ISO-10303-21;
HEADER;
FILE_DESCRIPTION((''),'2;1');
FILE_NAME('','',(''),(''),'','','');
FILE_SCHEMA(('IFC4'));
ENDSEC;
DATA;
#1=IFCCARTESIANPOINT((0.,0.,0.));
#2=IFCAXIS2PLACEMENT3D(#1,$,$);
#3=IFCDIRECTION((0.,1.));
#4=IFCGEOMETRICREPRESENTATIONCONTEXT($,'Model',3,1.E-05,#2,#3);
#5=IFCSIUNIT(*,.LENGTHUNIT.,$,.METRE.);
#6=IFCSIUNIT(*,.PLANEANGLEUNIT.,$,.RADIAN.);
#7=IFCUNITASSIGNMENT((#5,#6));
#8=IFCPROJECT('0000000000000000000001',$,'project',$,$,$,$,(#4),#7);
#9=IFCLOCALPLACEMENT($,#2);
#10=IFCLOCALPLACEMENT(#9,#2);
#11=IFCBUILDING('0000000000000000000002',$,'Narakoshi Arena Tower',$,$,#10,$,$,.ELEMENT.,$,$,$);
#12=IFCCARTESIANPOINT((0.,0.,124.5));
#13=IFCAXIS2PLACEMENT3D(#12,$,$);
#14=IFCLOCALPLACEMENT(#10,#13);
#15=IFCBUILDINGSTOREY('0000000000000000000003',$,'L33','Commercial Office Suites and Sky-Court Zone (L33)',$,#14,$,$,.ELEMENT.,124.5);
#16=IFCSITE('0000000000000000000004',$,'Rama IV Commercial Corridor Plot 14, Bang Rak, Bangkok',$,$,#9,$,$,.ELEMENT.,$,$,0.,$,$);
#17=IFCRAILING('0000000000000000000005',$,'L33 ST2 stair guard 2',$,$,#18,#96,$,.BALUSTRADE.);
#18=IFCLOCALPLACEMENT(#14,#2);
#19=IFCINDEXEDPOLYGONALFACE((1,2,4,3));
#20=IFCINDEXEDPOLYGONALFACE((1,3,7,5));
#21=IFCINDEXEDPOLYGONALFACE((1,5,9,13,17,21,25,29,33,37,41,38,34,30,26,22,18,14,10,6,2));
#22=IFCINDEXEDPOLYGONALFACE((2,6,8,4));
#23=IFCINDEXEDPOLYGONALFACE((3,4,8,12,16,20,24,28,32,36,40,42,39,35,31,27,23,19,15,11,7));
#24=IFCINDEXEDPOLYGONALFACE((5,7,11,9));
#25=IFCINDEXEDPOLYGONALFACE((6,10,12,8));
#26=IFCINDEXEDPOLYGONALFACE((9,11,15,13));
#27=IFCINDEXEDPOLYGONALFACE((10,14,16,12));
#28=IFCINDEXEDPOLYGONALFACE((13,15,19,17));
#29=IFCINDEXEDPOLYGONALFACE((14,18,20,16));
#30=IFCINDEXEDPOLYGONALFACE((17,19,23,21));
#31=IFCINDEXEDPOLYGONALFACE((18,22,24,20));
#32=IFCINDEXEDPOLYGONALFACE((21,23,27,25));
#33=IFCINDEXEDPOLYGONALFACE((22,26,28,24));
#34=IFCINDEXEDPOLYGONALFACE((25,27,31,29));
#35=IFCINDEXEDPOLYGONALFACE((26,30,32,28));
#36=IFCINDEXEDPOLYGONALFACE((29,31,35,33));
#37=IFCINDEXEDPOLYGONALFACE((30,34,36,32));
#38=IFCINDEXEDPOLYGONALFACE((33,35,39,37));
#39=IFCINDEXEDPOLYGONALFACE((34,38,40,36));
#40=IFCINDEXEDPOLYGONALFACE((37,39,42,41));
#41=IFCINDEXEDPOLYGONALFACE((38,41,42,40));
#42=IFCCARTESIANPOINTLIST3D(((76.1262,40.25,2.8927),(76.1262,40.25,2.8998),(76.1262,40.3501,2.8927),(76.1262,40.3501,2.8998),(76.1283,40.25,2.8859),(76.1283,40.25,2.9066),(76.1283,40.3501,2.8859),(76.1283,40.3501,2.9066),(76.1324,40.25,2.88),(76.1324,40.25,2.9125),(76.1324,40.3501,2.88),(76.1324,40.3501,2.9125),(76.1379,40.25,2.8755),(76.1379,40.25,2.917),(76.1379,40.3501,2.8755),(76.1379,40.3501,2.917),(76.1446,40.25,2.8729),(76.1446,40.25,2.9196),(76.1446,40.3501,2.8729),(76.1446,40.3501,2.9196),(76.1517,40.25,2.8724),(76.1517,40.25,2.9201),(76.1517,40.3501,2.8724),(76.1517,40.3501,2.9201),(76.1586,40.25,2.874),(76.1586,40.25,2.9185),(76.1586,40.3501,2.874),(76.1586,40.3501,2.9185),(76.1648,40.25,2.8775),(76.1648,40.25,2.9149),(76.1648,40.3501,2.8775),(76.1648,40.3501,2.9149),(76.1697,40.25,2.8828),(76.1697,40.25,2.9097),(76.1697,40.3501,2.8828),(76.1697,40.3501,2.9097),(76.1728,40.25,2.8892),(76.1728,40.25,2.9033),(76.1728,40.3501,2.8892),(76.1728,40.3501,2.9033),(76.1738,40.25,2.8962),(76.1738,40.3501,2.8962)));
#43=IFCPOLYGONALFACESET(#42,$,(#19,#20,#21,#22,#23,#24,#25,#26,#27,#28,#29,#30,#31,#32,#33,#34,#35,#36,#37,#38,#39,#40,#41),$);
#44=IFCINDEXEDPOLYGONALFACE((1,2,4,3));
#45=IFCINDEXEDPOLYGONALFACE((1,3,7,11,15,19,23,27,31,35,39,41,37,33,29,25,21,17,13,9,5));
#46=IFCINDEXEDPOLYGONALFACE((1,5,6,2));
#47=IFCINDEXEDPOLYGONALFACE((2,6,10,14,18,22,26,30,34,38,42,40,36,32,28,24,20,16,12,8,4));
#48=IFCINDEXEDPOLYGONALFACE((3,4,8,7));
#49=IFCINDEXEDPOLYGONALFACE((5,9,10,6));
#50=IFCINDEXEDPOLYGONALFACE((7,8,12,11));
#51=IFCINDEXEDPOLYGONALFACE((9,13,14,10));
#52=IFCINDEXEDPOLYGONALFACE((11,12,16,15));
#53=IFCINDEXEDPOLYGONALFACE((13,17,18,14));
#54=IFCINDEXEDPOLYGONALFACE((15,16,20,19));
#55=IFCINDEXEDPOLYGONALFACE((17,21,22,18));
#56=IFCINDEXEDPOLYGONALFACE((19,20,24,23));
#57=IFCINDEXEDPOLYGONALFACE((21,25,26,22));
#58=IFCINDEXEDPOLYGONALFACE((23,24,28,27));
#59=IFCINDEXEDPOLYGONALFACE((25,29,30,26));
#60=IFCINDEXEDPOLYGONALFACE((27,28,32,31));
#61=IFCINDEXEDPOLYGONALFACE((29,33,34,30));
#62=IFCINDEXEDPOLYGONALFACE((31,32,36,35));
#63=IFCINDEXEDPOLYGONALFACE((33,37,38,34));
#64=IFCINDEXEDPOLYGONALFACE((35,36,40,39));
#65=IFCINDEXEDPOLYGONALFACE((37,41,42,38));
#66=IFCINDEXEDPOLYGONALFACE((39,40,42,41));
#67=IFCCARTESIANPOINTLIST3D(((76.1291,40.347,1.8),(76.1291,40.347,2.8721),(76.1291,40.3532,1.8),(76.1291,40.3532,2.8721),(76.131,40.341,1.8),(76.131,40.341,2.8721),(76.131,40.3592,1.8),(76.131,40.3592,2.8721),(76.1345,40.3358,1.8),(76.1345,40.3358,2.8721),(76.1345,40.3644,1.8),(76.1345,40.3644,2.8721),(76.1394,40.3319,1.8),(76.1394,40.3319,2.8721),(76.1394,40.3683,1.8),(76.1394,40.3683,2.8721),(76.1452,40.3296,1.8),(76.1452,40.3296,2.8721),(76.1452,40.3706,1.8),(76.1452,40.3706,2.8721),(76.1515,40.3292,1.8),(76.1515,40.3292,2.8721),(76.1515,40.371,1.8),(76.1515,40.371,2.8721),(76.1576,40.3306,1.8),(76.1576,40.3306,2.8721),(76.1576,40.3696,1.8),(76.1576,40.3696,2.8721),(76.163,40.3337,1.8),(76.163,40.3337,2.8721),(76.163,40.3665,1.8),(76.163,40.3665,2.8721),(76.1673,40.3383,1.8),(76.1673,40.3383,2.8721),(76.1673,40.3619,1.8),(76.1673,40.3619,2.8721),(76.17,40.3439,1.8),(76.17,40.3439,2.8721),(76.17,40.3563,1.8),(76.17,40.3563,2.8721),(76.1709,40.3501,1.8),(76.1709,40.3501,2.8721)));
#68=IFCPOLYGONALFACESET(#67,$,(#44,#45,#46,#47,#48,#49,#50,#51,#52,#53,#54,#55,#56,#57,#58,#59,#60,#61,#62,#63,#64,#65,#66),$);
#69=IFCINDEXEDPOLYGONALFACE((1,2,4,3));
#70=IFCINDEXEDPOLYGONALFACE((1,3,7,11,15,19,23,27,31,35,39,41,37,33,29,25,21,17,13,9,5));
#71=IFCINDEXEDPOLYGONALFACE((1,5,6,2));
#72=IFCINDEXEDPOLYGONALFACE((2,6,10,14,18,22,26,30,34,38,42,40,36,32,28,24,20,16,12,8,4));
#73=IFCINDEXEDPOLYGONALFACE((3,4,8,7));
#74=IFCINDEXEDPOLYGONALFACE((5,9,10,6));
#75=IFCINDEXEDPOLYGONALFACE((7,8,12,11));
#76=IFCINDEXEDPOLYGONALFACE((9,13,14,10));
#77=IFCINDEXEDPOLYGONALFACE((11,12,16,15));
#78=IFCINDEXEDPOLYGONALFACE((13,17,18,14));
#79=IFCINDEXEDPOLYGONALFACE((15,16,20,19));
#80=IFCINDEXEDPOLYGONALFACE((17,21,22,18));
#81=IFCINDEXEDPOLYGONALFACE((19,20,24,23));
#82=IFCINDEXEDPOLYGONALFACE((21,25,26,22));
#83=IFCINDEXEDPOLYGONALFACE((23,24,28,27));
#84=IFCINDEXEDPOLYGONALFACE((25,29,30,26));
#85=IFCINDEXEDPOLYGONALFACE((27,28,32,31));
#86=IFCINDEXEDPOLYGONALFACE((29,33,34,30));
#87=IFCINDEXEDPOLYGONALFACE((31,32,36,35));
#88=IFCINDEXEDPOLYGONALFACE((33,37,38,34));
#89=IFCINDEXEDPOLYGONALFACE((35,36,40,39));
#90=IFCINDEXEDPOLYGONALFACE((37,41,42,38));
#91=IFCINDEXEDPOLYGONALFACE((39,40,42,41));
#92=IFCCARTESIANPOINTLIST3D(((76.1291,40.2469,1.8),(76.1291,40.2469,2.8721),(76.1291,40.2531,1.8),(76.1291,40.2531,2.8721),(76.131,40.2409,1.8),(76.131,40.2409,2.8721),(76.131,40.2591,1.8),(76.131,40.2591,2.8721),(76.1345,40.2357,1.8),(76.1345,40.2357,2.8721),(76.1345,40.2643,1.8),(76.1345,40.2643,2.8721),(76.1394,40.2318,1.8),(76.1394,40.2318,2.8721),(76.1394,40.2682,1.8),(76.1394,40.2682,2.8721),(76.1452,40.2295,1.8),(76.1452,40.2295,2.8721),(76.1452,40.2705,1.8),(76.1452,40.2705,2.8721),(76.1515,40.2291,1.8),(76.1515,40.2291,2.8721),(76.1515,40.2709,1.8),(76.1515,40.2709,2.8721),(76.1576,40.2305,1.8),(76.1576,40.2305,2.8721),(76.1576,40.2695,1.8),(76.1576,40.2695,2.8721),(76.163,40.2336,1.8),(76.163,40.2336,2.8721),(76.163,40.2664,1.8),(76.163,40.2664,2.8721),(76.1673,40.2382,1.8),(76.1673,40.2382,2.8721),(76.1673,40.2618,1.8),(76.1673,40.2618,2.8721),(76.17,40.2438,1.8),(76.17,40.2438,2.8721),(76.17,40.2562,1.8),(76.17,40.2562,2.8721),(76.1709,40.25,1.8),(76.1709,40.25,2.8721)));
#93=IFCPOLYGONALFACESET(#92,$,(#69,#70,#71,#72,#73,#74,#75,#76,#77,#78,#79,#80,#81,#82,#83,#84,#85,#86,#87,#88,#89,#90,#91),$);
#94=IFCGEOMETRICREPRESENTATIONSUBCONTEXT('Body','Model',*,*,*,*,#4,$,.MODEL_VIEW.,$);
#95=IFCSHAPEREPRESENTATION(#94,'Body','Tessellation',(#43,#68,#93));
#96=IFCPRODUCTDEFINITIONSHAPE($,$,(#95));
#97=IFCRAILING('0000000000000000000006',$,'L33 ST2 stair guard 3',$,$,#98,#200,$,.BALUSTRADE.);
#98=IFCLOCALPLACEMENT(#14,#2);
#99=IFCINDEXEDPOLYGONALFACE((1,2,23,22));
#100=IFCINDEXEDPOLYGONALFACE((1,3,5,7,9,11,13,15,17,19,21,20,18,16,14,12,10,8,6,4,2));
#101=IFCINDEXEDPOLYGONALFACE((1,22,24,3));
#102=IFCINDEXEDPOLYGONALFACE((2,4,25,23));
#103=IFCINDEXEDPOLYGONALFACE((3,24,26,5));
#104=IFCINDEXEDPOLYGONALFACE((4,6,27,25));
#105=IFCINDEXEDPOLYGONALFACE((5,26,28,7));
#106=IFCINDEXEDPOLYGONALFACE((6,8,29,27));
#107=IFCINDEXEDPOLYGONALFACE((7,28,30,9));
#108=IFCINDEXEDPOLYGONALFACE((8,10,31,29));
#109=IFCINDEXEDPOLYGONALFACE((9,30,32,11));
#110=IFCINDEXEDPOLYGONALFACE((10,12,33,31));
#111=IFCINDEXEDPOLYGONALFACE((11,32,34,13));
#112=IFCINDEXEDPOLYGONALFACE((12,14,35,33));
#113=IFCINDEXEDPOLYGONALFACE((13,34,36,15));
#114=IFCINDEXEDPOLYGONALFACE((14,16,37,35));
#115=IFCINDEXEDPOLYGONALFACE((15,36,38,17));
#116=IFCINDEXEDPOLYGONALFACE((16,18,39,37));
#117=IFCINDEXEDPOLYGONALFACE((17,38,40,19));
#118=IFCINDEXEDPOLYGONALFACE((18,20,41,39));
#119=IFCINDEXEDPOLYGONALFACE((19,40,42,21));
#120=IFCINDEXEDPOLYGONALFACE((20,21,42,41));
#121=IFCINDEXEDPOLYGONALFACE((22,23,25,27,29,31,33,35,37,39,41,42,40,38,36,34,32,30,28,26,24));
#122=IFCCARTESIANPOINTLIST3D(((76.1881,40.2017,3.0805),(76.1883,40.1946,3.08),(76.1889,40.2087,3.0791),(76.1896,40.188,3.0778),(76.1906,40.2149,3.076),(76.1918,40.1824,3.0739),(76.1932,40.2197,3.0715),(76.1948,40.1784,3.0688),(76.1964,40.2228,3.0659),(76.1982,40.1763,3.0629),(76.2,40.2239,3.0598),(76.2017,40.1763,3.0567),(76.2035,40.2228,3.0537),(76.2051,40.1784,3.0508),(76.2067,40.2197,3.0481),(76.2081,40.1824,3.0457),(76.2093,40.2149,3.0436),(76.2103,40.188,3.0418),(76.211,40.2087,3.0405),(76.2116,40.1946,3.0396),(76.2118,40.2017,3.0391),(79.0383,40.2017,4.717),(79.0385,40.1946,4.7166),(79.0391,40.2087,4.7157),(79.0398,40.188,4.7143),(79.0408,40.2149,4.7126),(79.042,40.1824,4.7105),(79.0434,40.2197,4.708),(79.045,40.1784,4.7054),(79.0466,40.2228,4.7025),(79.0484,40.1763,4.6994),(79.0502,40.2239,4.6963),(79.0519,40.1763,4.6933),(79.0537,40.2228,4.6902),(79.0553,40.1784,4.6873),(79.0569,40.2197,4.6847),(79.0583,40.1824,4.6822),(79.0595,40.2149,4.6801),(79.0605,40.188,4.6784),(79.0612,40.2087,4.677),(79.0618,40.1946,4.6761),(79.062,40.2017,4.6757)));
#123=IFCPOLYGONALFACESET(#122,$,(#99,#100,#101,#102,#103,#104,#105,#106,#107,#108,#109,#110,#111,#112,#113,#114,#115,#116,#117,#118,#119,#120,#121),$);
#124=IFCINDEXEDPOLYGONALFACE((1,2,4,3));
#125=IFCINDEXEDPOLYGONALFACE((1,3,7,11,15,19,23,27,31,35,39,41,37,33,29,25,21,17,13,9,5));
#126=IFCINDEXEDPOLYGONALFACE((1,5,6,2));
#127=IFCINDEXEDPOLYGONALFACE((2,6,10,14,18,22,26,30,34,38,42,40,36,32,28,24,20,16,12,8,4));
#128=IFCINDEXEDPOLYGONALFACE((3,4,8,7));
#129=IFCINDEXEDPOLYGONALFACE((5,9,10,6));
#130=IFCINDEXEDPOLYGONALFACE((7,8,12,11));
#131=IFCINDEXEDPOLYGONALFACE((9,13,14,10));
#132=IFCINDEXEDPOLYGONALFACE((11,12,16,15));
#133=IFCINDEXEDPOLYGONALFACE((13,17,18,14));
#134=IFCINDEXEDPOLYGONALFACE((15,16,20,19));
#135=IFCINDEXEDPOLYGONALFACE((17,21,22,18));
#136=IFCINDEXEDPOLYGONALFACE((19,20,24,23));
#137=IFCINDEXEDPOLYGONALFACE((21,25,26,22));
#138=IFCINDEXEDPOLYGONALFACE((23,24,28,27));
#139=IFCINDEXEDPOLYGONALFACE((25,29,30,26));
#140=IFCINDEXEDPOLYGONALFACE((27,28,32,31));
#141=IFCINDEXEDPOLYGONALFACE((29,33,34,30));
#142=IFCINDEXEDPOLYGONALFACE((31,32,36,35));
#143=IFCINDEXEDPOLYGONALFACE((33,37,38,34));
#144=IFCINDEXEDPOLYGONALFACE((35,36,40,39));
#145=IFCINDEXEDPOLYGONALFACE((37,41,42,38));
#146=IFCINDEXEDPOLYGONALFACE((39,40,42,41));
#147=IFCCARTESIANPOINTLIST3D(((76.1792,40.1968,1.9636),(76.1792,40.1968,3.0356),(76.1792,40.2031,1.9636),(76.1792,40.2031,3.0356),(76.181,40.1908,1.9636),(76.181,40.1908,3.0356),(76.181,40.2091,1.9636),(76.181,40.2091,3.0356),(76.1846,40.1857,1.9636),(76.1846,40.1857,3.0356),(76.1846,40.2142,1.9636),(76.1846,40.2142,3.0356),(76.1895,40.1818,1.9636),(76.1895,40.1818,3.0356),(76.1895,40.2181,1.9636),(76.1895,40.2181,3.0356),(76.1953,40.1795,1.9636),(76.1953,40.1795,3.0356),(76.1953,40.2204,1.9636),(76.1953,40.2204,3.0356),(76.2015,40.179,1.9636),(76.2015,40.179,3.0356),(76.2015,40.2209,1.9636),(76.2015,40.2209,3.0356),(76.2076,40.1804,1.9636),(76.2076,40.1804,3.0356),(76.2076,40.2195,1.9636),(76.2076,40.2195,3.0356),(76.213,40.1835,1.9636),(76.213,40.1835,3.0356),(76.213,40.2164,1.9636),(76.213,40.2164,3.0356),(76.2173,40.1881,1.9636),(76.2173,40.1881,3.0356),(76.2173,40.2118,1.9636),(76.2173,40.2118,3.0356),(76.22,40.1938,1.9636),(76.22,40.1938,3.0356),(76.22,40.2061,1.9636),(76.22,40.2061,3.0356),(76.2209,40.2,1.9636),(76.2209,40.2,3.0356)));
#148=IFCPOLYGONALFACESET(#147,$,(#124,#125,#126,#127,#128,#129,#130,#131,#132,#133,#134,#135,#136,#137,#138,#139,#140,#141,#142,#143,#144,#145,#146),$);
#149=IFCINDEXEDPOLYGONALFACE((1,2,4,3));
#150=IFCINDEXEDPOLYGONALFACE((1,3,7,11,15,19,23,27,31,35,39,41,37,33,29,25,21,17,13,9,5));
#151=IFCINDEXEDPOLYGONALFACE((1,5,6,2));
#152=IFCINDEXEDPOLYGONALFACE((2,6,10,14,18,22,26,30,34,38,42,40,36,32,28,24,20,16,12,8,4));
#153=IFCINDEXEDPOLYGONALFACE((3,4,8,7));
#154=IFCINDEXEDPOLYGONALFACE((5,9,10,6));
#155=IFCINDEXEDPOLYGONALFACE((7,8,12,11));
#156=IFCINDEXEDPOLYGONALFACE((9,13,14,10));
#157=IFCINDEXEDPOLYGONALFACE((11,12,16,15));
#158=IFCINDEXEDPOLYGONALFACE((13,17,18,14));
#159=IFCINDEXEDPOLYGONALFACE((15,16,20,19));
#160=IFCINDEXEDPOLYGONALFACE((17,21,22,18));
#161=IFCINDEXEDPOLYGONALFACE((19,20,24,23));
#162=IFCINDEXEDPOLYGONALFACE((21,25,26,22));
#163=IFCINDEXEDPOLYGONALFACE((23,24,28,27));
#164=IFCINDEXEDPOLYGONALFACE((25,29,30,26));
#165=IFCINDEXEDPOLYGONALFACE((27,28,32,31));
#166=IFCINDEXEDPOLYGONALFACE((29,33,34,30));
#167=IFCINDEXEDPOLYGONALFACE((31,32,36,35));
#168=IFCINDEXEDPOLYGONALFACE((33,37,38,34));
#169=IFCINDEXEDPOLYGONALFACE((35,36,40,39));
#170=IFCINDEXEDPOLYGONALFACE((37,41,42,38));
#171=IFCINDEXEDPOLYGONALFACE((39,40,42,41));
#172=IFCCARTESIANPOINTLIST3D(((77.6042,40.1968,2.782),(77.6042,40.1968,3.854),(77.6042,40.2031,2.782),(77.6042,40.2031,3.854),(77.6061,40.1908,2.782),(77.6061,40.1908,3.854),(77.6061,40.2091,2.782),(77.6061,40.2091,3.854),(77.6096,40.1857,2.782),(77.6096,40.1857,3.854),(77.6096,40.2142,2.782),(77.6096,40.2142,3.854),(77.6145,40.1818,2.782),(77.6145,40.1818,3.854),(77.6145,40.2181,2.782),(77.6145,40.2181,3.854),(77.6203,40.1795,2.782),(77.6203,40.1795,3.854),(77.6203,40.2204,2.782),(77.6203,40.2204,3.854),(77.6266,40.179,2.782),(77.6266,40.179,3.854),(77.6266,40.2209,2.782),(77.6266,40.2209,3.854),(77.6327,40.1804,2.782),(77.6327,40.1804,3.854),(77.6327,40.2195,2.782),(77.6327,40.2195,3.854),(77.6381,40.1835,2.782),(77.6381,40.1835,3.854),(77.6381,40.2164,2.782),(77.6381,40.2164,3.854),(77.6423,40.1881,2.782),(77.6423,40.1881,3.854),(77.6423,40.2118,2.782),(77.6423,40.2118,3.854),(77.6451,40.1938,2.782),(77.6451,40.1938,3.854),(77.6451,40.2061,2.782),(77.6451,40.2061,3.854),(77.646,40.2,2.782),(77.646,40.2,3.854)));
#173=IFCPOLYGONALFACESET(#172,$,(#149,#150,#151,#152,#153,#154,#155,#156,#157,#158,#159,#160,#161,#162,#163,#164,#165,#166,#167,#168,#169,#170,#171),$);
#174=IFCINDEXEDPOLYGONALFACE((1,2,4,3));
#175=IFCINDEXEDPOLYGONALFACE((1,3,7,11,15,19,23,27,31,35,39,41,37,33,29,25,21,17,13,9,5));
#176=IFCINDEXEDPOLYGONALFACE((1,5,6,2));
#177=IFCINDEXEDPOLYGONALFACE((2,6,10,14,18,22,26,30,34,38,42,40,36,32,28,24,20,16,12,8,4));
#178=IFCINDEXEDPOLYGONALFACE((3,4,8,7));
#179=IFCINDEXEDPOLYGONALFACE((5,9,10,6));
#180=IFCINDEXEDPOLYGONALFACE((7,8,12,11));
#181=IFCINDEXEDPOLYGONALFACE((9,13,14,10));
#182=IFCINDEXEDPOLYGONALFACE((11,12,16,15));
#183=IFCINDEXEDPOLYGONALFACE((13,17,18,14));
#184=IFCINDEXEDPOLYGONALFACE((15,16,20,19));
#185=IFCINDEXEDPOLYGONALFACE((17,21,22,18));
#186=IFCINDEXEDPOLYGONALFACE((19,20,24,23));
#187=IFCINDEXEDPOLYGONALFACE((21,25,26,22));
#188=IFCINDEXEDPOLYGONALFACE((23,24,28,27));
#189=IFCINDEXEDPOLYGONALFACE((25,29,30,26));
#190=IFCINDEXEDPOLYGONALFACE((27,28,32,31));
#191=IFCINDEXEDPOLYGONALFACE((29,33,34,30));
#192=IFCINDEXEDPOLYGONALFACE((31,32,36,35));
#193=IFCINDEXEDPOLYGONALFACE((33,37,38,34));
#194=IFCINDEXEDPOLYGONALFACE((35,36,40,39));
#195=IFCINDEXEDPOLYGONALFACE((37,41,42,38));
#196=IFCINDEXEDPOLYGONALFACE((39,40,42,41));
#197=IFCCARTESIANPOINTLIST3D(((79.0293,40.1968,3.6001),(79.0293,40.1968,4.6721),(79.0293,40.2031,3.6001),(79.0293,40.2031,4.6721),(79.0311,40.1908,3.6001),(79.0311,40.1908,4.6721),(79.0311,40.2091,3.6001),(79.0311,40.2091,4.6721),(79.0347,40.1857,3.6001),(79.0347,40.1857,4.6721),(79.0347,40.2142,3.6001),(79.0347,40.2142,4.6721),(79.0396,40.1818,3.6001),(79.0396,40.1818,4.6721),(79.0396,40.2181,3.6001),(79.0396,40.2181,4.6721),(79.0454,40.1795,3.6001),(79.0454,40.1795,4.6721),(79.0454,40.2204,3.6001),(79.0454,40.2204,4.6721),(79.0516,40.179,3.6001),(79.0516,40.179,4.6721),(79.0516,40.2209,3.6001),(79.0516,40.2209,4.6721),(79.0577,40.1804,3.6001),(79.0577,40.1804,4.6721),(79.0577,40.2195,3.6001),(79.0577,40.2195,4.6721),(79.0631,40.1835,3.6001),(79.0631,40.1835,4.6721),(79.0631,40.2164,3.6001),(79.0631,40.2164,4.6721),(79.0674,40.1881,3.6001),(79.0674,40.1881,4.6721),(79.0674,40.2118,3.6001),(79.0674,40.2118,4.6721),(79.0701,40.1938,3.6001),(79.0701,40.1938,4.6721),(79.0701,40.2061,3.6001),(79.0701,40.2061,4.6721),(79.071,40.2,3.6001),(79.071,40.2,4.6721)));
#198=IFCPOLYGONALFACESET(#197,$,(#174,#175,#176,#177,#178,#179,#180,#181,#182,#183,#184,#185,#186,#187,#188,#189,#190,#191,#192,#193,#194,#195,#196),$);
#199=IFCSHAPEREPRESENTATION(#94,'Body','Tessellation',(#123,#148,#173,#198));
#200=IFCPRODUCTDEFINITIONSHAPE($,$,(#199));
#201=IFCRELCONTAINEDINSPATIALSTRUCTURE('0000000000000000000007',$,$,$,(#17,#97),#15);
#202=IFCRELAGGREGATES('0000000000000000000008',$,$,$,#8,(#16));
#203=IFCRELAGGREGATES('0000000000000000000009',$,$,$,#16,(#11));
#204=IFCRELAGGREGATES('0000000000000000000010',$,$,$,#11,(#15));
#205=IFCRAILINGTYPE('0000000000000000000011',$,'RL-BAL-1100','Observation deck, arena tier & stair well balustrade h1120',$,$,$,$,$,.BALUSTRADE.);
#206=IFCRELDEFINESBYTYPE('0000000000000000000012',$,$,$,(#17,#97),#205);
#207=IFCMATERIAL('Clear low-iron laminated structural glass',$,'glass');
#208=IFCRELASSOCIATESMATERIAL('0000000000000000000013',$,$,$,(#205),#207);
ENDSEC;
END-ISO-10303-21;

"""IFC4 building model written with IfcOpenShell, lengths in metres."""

from ifc_helpers import new_model, si_unit, direction, frame, origin, origin_2d, place, context, subcontext, project, spatial, circle, extrude, material, type_object, element, save


model = new_model("IFC4")

# Units and contexts
model_context = context("Model", 3, precision=1e-05, world=origin(), true_north=direction((0.0, 1.0)))
body_context = subcontext(model_context, "Body", "Model", "MODEL_VIEW")
ifc_project = project(units=[si_unit("LENGTHUNIT", "METRE"), si_unit("PLANEANGLEUNIT", "RADIAN")], contexts=[model_context])

# Site, building, storey
site_placement = place(None, origin())
site = spatial("IfcSite", under=ifc_project, at=site_placement, Name="Rama IV Commercial Corridor Plot 14, Bang Rak, Bangkok", CompositionType="ELEMENT", RefElevation=0.0)
building_placement = place(site_placement, origin())
building = spatial("IfcBuilding", under=site, at=building_placement, Name="Narakoshi Arena Tower", CompositionType="ELEMENT")
storey_placement = place(building_placement, frame((0.0, 0.0, 124.5)))
storey = spatial("IfcBuildingStorey", under=building, at=storey_placement, Name="L33", Description="Commercial Office Suites and Sky-Court Zone (L33)", CompositionType="ELEMENT", Elevation=124.5)

# Railings
ifc_material_1 = material(Name="Clear low-iron laminated structural glass", Category="glass")
railing_type_1 = type_object("IfcRailingType", Name="RL-BAL-1100", Description="Observation deck, arena tier & stair well balustrade h1120", PredefinedType="BALUSTRADE", material=ifc_material_1)
railing_1_placement = place(storey_placement, frame((76.1499, 40.3501, 1.8)))
element("IfcRailing", 1, at=railing_1_placement, inside=storey, type_object=railing_type_1, Name="L33 ST2 stair guard 2", PredefinedType="BALUSTRADE", context=body_context, shape_type="SweptSolid", body=[
    extrude(circle(Radius=0.0239, at=origin_2d()), frame((0.0, 0.0, 1.0962), z_axis=(0.0, -1.0, 0.0), x_axis=(1.0, 0.0, 0.0)), (0.0, 0.0, 1.0), 0.1001),
    extrude(circle(Radius=0.021, at=origin_2d()), origin(), (0.0, 0.0, 1.0), 1.072),
    extrude(circle(Radius=0.021, at=origin_2d()), frame((0.0, -0.1001, 0.0)), (0.0, 0.0, 1.0), 1.072),
])
railing_2_placement = place(storey_placement, frame((76.2, 40.2, 1.9636)))
element("IfcRailing", 2, at=railing_2_placement, inside=storey, type_object=railing_type_1, Name="L33 ST2 stair guard 3", PredefinedType="BALUSTRADE", context=body_context, shape_type="SweptSolid", body=[
    extrude(circle(Radius=0.0239, at=origin_2d()), frame((0.0, 0.0, 1.0962), z_axis=(0.867213, 0.0, 0.497938), x_axis=(0.0, 1.0, 0.0)), (0.0, 0.0, 1.0), 3.2866),
    extrude(circle(Radius=0.021, at=origin_2d()), origin(), (0.0, 0.0, 1.0), 1.072),
    extrude(circle(Radius=0.021, at=origin_2d()), frame((1.425, 0.0, 0.8184)), (0.0, 0.0, 1.0), 1.072),
    extrude(circle(Radius=0.021, at=origin_2d()), frame((2.8501, 0.0, 1.6365)), (0.0, 0.0, 1.0), 1.072),
])

save(model, "model.ifc")
